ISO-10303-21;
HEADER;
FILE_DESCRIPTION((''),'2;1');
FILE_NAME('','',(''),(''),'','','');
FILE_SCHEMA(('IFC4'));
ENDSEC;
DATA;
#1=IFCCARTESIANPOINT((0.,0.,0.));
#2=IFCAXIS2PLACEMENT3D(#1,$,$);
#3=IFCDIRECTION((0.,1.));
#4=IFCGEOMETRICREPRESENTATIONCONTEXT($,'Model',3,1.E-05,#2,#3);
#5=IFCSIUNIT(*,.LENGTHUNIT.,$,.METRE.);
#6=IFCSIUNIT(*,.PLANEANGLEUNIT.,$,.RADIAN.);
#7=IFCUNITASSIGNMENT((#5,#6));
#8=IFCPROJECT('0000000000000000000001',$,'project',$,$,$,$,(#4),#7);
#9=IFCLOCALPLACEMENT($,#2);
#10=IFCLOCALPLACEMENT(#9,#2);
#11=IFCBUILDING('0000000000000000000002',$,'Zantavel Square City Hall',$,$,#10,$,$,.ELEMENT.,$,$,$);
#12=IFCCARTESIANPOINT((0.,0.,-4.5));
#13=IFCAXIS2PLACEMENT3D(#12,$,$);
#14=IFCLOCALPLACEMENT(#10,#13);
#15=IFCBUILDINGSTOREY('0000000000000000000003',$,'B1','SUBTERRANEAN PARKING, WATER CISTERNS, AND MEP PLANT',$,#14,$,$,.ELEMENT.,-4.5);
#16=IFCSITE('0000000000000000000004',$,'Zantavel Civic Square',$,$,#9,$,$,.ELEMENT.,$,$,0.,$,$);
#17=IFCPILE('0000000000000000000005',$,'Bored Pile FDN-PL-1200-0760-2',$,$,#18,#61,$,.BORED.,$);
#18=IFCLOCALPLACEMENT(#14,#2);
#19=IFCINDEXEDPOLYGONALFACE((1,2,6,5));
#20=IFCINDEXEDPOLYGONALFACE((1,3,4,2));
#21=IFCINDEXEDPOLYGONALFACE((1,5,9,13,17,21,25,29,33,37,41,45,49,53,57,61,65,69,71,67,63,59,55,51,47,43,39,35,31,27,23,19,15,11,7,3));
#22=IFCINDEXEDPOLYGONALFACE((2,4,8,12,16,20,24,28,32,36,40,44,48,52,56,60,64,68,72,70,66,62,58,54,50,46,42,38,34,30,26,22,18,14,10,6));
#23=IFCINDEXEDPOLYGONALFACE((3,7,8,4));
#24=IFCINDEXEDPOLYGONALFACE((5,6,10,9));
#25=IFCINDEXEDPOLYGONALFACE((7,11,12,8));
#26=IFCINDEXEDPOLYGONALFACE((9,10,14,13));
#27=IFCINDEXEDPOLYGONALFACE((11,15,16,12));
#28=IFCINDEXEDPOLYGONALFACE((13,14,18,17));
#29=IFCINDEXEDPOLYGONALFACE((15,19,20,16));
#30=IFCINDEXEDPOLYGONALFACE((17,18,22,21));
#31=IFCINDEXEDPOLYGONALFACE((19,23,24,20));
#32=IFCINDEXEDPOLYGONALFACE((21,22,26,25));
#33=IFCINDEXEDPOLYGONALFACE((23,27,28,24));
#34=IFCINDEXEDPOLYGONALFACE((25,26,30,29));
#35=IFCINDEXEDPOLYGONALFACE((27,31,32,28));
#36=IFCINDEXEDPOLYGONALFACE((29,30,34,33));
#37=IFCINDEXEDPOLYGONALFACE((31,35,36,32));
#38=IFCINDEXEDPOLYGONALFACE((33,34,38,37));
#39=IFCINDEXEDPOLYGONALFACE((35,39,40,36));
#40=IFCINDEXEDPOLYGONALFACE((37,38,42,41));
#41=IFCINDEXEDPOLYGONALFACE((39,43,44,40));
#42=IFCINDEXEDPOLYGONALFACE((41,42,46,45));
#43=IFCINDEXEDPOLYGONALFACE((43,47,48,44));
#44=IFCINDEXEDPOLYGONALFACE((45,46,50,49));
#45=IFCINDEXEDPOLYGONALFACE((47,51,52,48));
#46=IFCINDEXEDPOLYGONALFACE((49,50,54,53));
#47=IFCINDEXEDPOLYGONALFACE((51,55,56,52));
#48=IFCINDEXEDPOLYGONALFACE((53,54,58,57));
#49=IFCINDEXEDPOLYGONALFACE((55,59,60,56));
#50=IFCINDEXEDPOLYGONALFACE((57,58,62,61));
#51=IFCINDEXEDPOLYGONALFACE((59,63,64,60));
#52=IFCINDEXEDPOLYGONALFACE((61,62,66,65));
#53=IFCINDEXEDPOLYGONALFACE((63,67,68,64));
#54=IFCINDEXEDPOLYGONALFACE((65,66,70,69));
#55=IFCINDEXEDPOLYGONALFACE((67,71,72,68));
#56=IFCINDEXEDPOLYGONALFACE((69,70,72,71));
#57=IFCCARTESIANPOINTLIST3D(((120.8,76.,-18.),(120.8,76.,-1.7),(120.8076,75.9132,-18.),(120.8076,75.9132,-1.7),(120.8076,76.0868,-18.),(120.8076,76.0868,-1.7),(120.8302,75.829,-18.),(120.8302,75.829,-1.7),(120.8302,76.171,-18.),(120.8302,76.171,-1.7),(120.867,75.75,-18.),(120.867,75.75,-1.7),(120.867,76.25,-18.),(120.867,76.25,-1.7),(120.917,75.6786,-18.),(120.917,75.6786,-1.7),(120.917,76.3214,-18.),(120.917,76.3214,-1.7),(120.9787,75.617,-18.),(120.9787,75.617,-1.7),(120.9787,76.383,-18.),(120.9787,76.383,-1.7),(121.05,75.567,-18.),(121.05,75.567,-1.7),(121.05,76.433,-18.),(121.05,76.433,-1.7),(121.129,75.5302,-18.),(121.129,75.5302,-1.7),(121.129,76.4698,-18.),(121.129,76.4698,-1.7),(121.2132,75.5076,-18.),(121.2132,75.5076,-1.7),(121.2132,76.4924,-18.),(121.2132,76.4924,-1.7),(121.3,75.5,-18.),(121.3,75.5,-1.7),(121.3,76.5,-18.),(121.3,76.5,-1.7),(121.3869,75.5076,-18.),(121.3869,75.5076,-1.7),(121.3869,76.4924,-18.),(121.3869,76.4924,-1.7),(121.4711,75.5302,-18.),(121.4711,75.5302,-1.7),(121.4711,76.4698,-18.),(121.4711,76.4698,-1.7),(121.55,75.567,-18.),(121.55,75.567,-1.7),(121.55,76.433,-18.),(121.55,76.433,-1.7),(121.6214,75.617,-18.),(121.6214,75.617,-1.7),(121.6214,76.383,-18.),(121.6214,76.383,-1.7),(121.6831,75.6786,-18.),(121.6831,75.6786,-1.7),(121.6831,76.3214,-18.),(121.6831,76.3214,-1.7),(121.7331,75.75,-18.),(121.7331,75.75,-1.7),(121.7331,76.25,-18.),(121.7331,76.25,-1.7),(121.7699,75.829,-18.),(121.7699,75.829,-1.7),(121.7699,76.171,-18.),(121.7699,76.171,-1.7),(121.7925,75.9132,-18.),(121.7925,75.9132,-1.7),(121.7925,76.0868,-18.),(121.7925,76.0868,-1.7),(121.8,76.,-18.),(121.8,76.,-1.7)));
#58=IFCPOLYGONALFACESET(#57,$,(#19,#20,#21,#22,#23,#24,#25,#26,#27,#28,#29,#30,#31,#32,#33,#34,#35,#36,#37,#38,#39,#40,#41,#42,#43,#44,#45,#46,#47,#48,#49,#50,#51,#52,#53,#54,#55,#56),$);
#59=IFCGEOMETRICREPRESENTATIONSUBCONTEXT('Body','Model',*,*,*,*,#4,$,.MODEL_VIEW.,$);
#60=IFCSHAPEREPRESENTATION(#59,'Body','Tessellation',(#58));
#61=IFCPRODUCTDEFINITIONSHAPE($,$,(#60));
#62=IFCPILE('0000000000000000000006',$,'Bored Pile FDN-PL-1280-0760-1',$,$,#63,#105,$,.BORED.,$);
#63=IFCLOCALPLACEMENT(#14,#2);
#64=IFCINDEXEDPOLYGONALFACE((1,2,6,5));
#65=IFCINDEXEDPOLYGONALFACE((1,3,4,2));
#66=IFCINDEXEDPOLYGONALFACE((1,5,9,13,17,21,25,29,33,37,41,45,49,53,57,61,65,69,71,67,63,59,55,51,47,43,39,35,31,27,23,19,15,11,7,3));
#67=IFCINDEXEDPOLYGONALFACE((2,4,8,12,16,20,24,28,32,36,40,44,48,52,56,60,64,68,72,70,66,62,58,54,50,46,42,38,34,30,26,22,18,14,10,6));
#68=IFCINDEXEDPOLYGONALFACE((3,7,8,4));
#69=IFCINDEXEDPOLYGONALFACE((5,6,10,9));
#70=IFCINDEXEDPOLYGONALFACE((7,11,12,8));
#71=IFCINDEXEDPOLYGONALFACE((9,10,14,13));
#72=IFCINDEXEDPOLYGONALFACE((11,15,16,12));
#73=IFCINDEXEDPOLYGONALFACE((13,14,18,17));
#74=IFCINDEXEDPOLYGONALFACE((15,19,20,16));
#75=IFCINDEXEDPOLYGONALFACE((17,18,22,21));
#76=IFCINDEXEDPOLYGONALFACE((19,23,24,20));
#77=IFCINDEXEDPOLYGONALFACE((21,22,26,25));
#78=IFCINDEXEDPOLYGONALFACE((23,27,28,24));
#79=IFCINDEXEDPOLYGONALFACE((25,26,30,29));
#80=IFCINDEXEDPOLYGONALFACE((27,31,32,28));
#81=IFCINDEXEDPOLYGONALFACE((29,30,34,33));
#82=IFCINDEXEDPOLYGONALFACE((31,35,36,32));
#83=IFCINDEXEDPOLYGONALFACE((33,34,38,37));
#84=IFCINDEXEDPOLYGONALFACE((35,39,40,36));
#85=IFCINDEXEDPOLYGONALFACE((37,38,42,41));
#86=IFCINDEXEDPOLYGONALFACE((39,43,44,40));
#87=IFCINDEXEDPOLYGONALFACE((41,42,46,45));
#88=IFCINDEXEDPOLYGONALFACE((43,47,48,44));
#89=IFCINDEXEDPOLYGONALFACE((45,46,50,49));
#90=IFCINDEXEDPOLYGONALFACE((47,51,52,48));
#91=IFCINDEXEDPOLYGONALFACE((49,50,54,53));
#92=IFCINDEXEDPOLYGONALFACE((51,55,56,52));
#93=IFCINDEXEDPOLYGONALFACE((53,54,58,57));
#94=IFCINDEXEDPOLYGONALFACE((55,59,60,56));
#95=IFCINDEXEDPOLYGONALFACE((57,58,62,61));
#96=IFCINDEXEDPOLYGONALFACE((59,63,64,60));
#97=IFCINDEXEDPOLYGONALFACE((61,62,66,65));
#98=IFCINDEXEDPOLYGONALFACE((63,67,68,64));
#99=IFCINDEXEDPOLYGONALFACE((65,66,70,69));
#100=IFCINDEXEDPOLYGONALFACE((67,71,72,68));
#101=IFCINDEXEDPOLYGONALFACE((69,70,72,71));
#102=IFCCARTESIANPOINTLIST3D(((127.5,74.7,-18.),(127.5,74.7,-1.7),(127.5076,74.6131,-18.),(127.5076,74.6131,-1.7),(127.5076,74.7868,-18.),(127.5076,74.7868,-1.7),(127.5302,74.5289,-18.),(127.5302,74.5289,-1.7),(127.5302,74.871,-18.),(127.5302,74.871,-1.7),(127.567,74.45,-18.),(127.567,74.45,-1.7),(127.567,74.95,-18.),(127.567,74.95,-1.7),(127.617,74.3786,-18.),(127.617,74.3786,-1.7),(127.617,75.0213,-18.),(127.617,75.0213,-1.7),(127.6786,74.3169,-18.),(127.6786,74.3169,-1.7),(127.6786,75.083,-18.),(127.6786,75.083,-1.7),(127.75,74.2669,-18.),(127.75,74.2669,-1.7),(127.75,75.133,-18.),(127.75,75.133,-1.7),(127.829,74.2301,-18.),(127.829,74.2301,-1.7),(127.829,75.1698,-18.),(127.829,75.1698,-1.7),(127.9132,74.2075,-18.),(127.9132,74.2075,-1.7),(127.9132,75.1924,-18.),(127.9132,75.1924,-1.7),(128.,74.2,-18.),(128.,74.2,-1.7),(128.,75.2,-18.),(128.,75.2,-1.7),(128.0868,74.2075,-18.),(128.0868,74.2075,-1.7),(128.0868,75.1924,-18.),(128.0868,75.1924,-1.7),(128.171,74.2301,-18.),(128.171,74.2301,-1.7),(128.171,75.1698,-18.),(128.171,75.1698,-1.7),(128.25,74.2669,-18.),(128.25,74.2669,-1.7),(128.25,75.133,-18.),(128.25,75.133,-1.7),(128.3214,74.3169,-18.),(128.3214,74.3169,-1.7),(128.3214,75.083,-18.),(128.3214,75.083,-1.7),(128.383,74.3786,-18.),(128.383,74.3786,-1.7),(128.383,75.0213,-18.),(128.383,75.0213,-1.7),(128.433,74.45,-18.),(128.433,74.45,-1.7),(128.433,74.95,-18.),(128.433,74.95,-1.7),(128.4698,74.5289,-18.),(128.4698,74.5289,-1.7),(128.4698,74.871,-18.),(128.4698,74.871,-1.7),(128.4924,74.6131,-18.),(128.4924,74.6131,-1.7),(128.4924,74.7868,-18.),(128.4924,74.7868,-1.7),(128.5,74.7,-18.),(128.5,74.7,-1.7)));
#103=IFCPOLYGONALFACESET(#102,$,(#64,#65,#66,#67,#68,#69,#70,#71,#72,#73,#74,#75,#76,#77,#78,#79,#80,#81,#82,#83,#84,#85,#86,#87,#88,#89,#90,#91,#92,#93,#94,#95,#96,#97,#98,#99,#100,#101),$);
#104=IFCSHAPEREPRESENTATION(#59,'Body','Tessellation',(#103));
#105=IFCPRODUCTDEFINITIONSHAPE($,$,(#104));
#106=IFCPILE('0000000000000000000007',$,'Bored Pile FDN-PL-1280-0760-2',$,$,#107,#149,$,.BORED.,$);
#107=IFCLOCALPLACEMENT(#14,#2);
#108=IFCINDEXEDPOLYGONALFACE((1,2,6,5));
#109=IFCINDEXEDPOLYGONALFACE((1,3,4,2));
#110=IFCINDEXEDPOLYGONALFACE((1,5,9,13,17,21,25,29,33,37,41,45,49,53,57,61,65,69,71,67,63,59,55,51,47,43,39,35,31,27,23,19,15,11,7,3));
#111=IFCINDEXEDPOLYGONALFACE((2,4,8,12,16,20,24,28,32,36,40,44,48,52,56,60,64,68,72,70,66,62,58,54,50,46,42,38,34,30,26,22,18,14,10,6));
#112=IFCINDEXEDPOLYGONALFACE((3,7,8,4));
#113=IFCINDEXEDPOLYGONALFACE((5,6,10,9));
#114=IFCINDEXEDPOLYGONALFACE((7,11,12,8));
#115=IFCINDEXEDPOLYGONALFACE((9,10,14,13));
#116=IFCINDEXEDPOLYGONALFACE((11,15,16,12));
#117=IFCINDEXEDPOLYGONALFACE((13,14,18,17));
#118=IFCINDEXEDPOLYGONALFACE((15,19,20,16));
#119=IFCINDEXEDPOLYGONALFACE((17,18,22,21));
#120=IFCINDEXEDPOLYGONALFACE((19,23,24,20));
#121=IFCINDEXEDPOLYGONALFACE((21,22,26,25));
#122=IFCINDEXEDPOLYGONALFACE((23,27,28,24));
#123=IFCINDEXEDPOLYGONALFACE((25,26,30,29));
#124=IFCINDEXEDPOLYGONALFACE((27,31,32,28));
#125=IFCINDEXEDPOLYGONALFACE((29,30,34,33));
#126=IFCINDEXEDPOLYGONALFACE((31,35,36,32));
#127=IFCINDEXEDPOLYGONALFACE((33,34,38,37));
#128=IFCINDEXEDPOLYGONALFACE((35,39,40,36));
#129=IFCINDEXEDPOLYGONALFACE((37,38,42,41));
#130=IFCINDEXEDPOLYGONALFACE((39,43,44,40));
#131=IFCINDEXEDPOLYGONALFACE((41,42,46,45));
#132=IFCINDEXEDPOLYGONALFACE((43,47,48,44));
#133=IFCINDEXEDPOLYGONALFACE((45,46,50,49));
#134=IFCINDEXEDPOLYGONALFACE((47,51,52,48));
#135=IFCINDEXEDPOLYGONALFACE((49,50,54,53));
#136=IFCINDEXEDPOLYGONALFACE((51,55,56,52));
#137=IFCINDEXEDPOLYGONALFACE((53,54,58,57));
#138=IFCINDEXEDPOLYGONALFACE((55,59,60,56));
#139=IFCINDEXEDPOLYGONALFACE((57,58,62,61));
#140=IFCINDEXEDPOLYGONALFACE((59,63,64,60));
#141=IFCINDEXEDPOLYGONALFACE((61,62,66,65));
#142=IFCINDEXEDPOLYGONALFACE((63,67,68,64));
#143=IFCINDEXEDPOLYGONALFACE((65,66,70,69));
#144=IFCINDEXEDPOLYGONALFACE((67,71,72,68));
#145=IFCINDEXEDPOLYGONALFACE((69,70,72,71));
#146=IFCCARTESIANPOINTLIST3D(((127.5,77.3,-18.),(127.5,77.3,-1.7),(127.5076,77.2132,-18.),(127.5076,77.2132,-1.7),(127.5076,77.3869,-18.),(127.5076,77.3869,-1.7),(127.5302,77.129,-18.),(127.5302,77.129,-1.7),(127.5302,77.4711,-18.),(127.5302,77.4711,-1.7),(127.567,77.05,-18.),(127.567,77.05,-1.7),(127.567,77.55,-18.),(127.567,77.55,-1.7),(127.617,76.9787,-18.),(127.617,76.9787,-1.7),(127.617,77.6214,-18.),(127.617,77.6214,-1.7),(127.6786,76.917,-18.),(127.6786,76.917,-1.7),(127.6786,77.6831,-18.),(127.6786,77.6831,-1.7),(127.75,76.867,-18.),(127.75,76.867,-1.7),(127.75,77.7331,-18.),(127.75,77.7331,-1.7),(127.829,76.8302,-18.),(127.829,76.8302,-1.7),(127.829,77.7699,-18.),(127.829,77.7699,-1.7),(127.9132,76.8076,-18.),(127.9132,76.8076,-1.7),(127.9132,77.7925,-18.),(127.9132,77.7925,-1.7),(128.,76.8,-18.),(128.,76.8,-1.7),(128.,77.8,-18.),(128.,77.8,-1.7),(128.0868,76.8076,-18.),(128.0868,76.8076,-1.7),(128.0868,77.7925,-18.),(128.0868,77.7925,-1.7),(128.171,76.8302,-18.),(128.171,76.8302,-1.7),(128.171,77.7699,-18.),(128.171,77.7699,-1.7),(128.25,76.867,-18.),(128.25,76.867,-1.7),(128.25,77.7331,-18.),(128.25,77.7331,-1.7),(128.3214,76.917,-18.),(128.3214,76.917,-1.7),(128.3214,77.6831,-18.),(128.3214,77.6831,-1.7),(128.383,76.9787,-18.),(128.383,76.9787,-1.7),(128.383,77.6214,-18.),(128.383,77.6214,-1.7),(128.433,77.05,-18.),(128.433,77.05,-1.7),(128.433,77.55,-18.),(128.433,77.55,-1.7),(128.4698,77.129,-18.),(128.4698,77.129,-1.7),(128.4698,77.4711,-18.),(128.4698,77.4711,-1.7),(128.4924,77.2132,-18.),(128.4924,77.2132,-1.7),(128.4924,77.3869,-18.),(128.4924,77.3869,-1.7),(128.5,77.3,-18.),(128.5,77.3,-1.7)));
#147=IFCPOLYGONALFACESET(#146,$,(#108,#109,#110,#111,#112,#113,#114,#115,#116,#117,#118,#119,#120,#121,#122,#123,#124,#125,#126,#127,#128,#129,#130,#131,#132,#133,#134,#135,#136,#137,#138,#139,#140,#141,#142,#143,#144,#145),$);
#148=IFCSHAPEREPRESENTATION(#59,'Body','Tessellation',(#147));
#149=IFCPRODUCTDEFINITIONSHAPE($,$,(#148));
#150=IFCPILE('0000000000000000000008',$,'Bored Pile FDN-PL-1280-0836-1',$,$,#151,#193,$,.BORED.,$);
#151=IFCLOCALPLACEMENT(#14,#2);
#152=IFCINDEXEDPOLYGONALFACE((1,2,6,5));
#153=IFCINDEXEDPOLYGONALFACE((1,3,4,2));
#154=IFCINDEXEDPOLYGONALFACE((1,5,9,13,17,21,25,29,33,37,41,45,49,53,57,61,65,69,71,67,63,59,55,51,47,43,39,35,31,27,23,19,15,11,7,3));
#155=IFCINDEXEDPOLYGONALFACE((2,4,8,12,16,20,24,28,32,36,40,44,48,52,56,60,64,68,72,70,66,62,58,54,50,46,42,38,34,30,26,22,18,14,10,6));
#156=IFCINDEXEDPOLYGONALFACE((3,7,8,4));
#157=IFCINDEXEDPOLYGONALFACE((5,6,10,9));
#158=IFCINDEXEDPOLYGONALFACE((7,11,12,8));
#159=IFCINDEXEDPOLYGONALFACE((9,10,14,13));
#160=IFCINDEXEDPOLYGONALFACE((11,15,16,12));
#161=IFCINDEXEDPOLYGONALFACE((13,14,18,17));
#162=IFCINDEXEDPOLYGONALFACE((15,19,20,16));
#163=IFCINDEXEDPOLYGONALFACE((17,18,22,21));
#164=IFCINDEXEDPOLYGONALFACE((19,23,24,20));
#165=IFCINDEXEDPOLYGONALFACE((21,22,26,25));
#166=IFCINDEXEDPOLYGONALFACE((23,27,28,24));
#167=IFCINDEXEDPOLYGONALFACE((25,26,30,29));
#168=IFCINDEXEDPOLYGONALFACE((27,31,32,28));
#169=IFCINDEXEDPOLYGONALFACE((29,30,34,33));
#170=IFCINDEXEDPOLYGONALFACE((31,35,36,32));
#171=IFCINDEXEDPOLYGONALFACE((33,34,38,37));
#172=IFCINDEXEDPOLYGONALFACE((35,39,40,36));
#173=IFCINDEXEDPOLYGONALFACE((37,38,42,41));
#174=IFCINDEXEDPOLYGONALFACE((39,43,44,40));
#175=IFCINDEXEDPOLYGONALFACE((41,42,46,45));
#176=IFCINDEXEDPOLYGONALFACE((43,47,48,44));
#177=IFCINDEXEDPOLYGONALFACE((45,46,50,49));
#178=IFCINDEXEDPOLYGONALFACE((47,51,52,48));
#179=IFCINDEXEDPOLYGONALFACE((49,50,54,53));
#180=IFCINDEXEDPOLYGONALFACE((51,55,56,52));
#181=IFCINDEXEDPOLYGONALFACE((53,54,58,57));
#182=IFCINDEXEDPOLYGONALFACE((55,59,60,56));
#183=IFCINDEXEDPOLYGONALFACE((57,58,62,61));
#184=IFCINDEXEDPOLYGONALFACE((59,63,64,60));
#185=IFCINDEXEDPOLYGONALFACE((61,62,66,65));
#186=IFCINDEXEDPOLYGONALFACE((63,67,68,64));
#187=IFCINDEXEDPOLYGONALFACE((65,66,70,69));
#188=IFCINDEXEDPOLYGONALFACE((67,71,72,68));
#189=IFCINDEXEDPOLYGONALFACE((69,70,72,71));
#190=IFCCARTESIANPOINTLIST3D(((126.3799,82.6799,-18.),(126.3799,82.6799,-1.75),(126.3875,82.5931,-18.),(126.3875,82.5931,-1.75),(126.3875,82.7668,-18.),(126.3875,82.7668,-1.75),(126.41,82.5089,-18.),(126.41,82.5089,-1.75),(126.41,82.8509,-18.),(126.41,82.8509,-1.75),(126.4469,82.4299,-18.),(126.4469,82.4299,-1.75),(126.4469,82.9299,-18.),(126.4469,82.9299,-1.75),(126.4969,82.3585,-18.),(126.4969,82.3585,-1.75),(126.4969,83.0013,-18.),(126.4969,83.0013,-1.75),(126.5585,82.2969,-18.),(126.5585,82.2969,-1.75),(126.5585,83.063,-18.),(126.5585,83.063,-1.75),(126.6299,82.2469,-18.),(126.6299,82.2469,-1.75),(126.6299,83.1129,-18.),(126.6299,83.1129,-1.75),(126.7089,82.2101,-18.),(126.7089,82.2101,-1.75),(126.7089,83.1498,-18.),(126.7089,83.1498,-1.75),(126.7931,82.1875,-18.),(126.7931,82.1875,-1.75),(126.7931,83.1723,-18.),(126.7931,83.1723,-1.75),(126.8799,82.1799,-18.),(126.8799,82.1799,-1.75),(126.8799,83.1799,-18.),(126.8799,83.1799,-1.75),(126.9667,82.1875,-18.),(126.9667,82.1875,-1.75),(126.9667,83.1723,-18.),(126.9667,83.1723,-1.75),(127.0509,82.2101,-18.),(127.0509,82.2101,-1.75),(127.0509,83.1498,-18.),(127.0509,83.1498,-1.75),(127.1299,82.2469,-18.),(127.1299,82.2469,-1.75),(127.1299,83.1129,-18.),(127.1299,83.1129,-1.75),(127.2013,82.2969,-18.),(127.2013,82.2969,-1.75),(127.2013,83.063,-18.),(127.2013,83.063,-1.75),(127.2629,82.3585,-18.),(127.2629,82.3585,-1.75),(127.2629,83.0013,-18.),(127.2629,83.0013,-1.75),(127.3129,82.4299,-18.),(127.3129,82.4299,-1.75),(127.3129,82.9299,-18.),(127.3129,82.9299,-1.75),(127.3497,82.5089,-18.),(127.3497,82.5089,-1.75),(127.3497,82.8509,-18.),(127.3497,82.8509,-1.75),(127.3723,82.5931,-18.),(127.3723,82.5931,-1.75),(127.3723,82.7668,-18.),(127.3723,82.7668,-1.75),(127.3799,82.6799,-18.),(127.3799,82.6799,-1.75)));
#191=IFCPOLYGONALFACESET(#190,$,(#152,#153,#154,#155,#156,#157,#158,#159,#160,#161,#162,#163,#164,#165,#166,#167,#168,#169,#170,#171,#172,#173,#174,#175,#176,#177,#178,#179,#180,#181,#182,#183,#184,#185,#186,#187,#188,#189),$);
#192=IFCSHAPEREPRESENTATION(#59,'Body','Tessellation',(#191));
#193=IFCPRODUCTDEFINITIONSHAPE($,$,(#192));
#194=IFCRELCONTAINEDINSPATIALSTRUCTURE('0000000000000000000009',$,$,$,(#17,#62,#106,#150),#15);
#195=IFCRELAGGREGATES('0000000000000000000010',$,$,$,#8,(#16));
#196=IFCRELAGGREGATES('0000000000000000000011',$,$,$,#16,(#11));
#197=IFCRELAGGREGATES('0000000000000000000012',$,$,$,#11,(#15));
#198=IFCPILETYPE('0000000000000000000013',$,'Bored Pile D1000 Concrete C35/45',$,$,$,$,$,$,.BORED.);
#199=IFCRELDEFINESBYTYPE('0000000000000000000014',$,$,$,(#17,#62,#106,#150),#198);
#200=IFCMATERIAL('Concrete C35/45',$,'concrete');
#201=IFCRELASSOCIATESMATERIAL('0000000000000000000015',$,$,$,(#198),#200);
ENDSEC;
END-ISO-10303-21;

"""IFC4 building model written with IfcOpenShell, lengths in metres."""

from ifc_helpers import new_model, si_unit, direction, frame, origin, origin_2d, place, context, subcontext, project, spatial, circle, extrude, material, material_profile, profile_set, type_object, element, save


model = new_model("IFC4")

# Units and contexts
model_context = context("Model", 3, precision=1e-05, world=origin(), true_north=direction((0.0, 1.0)))
body_context = subcontext(model_context, "Body", "Model", "MODEL_VIEW")
ifc_project = project(units=[si_unit("LENGTHUNIT", "METRE"), si_unit("PLANEANGLEUNIT", "RADIAN")], contexts=[model_context])

# Site, building, storey
site_placement = place(None, origin())
site = spatial("IfcSite", under=ifc_project, at=site_placement, Name="Zantavel Civic Square", CompositionType="ELEMENT", RefElevation=0.0)
building_placement = place(site_placement, origin())
building = spatial("IfcBuilding", under=site, at=building_placement, Name="Zantavel Square City Hall", CompositionType="ELEMENT")
storey_placement = place(building_placement, frame((0.0, 0.0, -4.5)))
storey = spatial("IfcBuildingStorey", under=building, at=storey_placement, Name="B1", Description="SUBTERRANEAN PARKING, WATER CISTERNS, AND MEP PLANT", CompositionType="ELEMENT", Elevation=-4.5)

# Piles
ifc_material_1 = material(Name="Concrete C35/45", Category="concrete")
ifc_material_profile_1 = material_profile(ifc_material_1, circle(Radius=0.5, at=origin_2d()), Name="PILE D1000")
ifc_profile_set_1 = profile_set([ifc_material_profile_1], Name="Concrete C35/45")
pile_type = type_object("IfcPileType", Name="Bored Pile D1000 Concrete C35/45", PredefinedType="BORED", material=ifc_profile_set_1)
for number, where, z_axis, x_axis, name in (
    (1, (121.3, 76.0, -1.7), (0.0, 0.0, -1.0), (1.0, 0.0, 0.0), "Bored Pile FDN-PL-1200-0760-2"),
    (2, (128.0, 74.7, -1.7), (0.0, 0.0, -1.0), (1.0, 0.0, 0.0), "Bored Pile FDN-PL-1280-0760-1"),
    (3, (128.0, 77.3, -1.7), (0.0, 0.0, -1.0), (1.0, 0.0, 0.0), "Bored Pile FDN-PL-1280-0760-2"),
):
    element("IfcPile", number, at=place(storey_placement, frame(where, z_axis=z_axis, x_axis=x_axis)), inside=storey, type_object=pile_type, Name=name, PredefinedType="BORED", context=body_context, shape_type="SweptSolid", body=[
        extrude(circle(Radius=0.5, at=origin_2d()), origin(), (0.0, 0.0, 1.0), 16.3),
    ])
for number, where, z_axis, x_axis, name in (
    (4, (126.8799, 82.6799, -1.75), (0.0, 0.0, -1.0), (1.0, 0.0, 0.0), "Bored Pile FDN-PL-1280-0836-1"),
):
    element("IfcPile", number, at=place(storey_placement, frame(where, z_axis=z_axis, x_axis=x_axis)), inside=storey, type_object=pile_type, Name=name, PredefinedType="BORED", context=body_context, shape_type="SweptSolid", body=[
        extrude(circle(Radius=0.5, at=origin_2d()), origin(), (0.0, 0.0, 1.0), 16.25),
    ])

save(model, "model.ifc")
